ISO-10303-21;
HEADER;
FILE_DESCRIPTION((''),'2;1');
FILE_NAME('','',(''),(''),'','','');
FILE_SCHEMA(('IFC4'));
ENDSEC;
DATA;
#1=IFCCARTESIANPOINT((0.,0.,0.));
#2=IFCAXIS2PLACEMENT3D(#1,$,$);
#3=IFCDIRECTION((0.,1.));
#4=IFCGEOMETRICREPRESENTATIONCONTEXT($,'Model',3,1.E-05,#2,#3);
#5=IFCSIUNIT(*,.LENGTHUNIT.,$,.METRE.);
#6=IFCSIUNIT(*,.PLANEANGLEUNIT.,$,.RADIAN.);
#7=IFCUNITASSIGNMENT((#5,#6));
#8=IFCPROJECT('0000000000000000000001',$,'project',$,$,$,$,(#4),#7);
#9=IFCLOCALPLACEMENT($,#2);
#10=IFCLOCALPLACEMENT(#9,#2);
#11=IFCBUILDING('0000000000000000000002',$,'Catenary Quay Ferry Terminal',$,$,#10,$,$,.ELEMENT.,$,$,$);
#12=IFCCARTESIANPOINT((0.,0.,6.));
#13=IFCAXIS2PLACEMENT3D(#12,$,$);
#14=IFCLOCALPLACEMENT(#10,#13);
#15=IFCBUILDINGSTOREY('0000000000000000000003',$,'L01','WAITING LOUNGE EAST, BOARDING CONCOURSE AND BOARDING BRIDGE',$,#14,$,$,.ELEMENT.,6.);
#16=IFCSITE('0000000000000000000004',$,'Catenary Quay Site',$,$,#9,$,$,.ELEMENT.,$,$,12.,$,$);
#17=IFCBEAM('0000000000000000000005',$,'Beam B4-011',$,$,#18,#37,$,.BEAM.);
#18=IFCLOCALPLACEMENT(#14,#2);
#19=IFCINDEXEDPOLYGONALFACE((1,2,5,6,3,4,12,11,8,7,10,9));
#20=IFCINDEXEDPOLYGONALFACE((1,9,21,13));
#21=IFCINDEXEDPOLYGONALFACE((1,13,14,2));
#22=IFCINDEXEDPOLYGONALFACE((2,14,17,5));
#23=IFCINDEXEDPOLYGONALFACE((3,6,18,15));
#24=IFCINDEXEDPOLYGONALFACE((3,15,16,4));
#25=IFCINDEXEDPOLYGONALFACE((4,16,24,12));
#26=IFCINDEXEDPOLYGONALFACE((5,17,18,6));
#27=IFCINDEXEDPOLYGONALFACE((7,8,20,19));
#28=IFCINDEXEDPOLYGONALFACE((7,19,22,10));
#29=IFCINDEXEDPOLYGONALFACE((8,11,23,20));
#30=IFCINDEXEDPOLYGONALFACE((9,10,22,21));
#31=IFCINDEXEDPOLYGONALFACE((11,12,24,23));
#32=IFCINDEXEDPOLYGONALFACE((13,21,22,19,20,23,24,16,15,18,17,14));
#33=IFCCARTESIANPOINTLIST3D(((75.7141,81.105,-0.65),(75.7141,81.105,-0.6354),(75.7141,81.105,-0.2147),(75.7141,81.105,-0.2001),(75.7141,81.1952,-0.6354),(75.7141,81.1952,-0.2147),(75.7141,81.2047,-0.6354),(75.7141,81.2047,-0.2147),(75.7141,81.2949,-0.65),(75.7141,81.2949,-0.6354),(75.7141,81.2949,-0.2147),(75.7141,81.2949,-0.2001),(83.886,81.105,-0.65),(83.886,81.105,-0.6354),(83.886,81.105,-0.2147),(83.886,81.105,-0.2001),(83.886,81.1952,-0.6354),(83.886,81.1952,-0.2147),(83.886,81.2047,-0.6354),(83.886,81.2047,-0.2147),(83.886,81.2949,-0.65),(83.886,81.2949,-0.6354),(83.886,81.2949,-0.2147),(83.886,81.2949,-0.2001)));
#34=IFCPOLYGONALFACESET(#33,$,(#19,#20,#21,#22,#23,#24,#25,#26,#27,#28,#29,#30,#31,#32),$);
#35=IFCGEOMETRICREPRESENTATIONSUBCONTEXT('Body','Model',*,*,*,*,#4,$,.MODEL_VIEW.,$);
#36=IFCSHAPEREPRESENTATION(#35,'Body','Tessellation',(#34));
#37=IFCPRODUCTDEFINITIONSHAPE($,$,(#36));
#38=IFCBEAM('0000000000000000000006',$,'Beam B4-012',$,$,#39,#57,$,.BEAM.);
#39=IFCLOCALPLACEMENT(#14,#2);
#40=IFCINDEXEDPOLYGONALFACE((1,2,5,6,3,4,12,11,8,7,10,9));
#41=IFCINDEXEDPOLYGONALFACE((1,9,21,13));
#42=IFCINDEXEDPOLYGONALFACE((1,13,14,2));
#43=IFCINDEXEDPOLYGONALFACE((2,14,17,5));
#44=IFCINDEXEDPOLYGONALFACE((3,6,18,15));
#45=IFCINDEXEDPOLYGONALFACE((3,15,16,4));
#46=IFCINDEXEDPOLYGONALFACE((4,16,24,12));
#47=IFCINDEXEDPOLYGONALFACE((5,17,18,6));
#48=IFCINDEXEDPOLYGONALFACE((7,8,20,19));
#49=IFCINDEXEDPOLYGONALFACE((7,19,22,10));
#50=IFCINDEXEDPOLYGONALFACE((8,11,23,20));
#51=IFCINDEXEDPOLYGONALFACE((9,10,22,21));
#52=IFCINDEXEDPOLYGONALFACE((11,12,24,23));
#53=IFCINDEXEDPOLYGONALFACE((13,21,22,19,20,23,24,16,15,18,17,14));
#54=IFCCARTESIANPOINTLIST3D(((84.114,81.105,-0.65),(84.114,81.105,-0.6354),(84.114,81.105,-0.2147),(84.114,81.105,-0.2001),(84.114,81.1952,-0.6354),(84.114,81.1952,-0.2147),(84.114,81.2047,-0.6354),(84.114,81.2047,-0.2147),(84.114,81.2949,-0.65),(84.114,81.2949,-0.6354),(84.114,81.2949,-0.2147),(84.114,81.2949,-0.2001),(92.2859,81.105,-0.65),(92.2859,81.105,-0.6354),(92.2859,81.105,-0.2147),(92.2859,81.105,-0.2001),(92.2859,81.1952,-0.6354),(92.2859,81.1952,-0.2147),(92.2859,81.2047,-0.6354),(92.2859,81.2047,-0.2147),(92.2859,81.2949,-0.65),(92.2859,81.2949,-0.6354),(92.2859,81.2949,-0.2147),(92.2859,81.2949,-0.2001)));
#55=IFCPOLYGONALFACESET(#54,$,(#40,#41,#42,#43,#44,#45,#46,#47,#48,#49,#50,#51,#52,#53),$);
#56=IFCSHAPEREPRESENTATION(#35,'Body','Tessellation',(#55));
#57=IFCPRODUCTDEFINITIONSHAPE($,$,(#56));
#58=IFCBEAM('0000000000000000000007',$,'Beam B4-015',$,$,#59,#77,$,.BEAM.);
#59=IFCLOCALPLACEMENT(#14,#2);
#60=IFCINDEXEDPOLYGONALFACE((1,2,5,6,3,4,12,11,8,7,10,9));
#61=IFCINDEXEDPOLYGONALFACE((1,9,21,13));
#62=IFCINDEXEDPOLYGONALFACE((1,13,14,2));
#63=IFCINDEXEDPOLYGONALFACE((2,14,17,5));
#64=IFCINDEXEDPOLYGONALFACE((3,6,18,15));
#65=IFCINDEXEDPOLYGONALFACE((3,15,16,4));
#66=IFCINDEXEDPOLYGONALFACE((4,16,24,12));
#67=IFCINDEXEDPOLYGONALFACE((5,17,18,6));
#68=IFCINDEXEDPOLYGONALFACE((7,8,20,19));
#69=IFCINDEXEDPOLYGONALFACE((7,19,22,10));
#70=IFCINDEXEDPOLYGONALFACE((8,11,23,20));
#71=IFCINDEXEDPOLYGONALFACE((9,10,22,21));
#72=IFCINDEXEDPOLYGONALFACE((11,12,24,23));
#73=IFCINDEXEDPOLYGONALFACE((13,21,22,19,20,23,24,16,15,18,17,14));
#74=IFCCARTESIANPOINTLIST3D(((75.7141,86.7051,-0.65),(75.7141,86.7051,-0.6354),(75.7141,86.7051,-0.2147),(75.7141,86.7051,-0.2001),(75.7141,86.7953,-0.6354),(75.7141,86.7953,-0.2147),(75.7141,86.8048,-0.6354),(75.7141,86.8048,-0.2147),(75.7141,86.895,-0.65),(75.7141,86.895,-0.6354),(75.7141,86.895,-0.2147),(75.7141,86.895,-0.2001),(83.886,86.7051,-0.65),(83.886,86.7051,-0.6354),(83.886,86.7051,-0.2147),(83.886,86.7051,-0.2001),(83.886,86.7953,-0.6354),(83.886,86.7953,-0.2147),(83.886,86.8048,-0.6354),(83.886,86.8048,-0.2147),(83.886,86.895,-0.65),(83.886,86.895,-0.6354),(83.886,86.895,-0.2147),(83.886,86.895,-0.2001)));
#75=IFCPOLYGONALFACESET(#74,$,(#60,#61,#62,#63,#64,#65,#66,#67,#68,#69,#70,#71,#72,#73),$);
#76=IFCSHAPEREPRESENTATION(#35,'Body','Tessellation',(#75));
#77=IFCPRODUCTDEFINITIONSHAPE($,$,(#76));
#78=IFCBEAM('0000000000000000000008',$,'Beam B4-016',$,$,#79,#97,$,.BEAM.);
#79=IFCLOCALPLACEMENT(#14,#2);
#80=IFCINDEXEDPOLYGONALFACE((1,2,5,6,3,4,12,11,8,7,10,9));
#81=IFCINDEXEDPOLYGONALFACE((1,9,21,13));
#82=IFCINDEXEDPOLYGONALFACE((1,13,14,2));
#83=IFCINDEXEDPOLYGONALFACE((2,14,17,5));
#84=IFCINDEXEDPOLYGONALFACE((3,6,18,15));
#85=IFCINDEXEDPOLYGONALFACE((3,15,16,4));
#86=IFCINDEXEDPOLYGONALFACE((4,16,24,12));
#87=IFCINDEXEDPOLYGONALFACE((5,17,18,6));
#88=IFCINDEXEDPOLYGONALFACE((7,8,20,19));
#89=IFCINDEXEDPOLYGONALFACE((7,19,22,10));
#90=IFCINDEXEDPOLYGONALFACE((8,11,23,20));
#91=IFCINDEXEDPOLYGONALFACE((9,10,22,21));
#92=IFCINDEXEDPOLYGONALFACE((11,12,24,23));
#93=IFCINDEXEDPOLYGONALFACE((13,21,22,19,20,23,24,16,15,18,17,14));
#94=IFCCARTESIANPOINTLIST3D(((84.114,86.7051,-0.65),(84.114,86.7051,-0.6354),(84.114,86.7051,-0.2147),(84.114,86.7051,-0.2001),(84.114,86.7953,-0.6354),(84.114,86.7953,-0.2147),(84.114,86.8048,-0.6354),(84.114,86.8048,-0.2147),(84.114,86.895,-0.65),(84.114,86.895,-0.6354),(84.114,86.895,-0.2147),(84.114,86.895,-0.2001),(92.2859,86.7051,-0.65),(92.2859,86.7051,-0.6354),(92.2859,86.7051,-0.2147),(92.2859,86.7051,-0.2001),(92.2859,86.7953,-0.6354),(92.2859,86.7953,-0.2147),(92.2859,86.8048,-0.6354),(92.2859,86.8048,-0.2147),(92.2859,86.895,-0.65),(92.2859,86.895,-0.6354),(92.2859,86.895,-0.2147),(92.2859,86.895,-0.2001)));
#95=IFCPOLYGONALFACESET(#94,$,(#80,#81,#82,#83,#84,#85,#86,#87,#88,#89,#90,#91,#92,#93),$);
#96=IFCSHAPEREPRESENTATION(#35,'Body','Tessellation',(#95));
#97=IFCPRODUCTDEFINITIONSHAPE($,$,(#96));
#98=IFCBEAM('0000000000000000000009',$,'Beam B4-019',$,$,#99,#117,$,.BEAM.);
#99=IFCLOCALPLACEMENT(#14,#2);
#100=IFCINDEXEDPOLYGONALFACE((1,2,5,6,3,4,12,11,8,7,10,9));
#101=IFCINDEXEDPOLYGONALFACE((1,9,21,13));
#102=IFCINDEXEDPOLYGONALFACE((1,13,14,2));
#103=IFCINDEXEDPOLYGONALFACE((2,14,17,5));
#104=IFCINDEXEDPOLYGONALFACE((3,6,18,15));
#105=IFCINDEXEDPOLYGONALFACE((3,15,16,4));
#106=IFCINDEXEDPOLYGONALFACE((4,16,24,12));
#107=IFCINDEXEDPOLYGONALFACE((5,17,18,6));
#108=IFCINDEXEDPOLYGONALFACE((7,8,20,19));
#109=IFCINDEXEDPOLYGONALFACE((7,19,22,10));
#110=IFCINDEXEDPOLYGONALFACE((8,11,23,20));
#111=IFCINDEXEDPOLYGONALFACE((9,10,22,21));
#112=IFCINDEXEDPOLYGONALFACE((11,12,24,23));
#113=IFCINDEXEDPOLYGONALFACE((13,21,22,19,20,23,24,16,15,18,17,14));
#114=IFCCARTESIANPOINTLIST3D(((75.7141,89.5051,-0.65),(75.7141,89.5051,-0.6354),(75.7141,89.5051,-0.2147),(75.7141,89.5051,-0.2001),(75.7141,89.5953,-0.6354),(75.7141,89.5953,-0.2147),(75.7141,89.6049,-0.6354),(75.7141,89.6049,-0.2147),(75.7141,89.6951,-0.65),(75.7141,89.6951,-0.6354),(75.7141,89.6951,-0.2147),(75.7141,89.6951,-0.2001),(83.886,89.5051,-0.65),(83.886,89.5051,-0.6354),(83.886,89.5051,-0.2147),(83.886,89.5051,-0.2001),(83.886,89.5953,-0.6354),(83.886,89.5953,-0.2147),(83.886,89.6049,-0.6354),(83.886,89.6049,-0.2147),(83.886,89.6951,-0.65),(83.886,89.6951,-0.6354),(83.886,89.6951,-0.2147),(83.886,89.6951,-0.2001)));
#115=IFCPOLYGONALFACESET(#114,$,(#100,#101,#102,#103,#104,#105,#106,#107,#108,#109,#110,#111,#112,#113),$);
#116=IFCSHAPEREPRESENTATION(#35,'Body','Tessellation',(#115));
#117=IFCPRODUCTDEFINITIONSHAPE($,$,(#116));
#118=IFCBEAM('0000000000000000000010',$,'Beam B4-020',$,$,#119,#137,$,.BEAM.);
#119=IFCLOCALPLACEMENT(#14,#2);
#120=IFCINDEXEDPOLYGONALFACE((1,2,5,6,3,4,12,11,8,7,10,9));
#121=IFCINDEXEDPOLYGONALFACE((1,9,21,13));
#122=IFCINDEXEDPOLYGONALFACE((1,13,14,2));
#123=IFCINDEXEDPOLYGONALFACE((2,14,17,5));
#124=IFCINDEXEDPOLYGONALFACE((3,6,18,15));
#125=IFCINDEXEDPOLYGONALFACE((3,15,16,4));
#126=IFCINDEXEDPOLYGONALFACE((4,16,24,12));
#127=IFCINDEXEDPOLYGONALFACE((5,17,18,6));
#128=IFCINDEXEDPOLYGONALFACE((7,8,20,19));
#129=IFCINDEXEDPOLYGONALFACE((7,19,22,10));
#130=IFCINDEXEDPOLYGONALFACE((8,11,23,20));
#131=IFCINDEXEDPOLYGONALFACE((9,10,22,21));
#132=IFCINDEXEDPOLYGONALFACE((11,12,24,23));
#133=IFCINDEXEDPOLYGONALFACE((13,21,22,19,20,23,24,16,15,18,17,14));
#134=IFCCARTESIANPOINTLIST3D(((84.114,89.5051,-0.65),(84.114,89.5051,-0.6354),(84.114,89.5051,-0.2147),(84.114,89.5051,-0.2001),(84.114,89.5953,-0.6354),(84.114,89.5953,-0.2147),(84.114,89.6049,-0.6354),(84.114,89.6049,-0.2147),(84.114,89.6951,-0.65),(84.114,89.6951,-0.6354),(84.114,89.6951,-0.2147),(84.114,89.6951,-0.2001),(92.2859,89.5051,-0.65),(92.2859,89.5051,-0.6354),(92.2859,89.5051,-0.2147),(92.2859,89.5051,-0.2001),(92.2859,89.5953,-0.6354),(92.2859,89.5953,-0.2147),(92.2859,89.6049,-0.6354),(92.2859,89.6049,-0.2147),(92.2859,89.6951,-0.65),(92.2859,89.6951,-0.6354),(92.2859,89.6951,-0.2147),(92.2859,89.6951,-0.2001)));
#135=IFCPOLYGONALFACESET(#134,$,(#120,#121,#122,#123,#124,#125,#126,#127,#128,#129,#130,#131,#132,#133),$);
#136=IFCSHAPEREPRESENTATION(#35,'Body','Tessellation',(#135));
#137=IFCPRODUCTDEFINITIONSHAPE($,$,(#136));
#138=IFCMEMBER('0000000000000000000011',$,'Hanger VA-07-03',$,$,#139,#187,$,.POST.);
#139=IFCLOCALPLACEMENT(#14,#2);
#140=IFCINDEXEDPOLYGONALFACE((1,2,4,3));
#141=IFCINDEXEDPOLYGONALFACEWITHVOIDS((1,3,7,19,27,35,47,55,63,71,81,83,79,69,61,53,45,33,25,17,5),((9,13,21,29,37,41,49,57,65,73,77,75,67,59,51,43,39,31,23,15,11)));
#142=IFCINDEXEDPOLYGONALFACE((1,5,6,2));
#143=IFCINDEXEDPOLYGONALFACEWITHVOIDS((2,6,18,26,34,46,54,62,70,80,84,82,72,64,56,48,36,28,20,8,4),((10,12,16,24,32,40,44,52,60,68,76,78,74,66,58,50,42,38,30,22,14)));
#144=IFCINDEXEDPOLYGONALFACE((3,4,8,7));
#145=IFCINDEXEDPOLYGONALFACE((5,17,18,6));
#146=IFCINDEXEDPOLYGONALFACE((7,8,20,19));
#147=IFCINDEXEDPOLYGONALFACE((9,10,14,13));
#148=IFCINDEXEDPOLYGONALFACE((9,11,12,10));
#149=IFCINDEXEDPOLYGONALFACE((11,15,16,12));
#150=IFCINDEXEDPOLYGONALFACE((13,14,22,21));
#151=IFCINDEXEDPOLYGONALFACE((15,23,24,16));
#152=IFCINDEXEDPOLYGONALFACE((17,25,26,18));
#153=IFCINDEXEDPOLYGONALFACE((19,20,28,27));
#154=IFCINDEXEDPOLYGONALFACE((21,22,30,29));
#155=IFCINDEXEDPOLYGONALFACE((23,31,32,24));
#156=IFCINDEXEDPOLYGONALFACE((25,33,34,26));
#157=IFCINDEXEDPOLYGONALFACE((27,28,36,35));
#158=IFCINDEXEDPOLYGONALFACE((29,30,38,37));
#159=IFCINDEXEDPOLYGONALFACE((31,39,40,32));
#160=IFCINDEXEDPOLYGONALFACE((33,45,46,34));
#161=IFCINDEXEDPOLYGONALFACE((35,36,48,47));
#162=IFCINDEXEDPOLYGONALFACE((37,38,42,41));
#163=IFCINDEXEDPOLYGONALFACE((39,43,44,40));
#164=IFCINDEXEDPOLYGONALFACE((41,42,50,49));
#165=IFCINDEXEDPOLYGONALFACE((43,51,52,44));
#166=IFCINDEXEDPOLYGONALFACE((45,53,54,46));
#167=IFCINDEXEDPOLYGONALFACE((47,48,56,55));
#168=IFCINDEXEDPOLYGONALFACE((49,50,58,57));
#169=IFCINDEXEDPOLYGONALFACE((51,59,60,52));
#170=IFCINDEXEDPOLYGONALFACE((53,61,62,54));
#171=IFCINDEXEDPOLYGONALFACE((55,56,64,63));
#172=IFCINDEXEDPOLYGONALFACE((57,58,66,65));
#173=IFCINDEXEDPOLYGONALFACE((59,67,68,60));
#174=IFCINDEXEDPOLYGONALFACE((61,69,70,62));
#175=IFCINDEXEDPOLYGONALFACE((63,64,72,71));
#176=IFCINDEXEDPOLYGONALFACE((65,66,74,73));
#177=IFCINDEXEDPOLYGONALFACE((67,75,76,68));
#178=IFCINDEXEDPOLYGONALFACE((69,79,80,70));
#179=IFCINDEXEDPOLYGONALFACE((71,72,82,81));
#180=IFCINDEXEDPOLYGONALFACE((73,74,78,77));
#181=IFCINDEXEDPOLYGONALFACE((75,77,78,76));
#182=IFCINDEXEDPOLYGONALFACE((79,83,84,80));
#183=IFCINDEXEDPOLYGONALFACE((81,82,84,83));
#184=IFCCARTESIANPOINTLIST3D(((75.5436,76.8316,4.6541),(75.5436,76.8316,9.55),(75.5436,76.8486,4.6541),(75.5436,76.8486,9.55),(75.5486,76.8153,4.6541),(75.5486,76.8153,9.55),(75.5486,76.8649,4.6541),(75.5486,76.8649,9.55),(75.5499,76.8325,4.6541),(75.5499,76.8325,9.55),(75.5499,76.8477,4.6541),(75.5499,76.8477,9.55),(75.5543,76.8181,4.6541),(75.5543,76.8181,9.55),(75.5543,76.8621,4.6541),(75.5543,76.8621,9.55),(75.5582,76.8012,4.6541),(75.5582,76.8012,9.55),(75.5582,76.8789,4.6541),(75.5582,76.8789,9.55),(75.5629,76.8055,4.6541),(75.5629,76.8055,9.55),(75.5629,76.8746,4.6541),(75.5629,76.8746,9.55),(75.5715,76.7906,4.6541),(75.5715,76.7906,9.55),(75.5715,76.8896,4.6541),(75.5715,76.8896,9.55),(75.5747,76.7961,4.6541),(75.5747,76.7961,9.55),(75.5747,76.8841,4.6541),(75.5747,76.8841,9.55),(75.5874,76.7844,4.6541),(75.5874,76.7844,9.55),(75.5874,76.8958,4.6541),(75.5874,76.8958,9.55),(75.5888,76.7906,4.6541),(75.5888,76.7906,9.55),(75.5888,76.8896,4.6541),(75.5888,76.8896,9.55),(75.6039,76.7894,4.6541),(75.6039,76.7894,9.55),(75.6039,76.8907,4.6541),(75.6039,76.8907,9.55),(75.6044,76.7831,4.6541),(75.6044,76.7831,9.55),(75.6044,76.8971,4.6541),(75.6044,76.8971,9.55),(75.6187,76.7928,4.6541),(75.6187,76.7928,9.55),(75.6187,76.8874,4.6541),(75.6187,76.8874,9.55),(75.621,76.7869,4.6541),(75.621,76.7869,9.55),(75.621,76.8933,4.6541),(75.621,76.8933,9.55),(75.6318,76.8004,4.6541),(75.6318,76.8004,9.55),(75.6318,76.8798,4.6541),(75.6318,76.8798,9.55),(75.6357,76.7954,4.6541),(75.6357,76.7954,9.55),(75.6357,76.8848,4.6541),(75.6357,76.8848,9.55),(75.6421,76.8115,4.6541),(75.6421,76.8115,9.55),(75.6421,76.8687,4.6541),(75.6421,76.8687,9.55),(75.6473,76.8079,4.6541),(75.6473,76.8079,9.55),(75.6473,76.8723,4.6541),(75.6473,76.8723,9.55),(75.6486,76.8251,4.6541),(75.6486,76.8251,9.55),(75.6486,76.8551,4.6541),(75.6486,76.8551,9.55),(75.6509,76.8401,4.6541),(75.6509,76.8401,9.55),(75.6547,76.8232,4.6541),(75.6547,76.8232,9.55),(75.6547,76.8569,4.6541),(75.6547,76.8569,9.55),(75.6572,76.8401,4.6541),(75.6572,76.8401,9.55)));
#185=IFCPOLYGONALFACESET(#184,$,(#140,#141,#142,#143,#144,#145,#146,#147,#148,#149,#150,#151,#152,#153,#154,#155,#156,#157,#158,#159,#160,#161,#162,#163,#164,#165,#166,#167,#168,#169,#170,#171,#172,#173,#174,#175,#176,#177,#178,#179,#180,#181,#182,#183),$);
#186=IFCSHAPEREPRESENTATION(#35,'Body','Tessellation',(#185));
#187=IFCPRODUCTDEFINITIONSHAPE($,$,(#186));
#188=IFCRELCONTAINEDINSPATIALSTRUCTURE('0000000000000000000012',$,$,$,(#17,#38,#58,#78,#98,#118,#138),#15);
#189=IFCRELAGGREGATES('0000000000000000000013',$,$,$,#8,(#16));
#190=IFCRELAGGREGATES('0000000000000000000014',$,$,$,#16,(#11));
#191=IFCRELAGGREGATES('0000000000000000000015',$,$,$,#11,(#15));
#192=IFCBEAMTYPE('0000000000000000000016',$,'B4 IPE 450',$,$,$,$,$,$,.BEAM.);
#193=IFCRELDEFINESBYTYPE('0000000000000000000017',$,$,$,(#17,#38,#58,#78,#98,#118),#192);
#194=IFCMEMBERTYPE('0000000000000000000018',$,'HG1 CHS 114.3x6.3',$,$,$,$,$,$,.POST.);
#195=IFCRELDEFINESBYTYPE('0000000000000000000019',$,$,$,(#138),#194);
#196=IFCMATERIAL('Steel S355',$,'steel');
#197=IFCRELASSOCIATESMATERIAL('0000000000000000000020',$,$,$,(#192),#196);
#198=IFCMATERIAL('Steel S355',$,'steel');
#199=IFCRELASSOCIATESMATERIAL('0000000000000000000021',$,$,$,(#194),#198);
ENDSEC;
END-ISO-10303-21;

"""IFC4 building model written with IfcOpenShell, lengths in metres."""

from ifc_helpers import new_model, si_unit, direction, frame, origin, origin_2d, place, context, subcontext, project, spatial, hollow_circle, i_section, extrude, material, material_profile, profile_set, type_object, element, save


model = new_model("IFC4")

# Units and contexts
model_context = context("Model", 3, precision=1e-05, world=origin(), true_north=direction((0.0, 1.0)))
body_context = subcontext(model_context, "Body", "Model", "MODEL_VIEW")
ifc_project = project(units=[si_unit("LENGTHUNIT", "METRE"), si_unit("PLANEANGLEUNIT", "RADIAN")], contexts=[model_context])

# Site, building, storey
site_placement = place(None, origin())
site = spatial("IfcSite", under=ifc_project, at=site_placement, Name="Catenary Quay Site", CompositionType="ELEMENT", RefElevation=12.0)
building_placement = place(site_placement, origin())
building = spatial("IfcBuilding", under=site, at=building_placement, Name="Catenary Quay Ferry Terminal", CompositionType="ELEMENT")
storey_placement = place(building_placement, frame((0.0, 0.0, 6.0)))
storey = spatial("IfcBuildingStorey", under=building, at=storey_placement, Name="L01", Description="WAITING LOUNGE EAST, BOARDING CONCOURSE AND BOARDING BRIDGE", CompositionType="ELEMENT", Elevation=6.0)

# Beams
ifc_material_1 = material(Name="Steel S355", Category="steel")
ifc_material_profile_1 = material_profile(ifc_material_1, i_section(OverallWidth=0.1899, OverallDepth=0.45, WebThickness=0.0095, FlangeThickness=0.0146, at=origin_2d()), Name="IPE 450")
ifc_profile_set_1 = profile_set([ifc_material_profile_1], Name="Steel S355")
beam_type_1 = type_object("IfcBeamType", Name="B4 IPE 450", PredefinedType="BEAM", material=ifc_profile_set_1)
for number, where, z_axis, x_axis, name in (
    (1, (75.7141, 81.2, -0.425), (1.0, 0.0, 0.0), (0.0, 1.0, 0.0), "Beam B4-011"),
    (2, (84.114, 81.2, -0.425), (1.0, 0.0, 0.0), (0.0, 1.0, 0.0), "Beam B4-012"),
    (3, (75.7141, 86.8, -0.425), (1.0, 0.0, 0.0), (0.0, 1.0, 0.0), "Beam B4-015"),
    (4, (84.114, 86.8, -0.425), (1.0, 0.0, 0.0), (0.0, 1.0, 0.0), "Beam B4-016"),
    (5, (75.7141, 89.6001, -0.425), (1.0, 0.0, 0.0), (0.0, 1.0, 0.0), "Beam B4-019"),
    (6, (84.114, 89.6001, -0.425), (1.0, 0.0, 0.0), (0.0, 1.0, 0.0), "Beam B4-020"),
):
    element("IfcBeam", number, at=place(storey_placement, frame(where, z_axis=z_axis, x_axis=x_axis)), inside=storey, type_object=beam_type_1, Name=name, PredefinedType="BEAM", context=body_context, shape_type="SweptSolid", body=[
        extrude(i_section(OverallWidth=0.1899, OverallDepth=0.45, WebThickness=0.0095, FlangeThickness=0.0146, at=origin_2d()), origin(), (0.0, 0.0, 1.0), 8.1719),
    ])

# Member
ifc_material_2 = material(Name="Steel S355", Category="steel")
ifc_material_profile_2 = material_profile(ifc_material_2, hollow_circle(Radius=0.0571, WallThickness=0.0063, at=origin_2d()), Name="CHS 114.3x6.3")
ifc_profile_set_2 = profile_set([ifc_material_profile_2], Name="Steel S355")
member_type_1 = type_object("IfcMemberType", Name="HG1 CHS 114.3x6.3", PredefinedType="POST", material=ifc_profile_set_2)
for number, where, z_axis, x_axis, name in (
    (7, (75.6001, 76.8401, 4.6541), (0.0, 0.0, 1.0), (1.0, 0.0, 0.0), "Hanger VA-07-03"),
):
    element("IfcMember", number, at=place(storey_placement, frame(where, z_axis=z_axis, x_axis=x_axis)), inside=storey, type_object=member_type_1, Name=name, PredefinedType="POST", context=body_context, shape_type="SweptSolid", body=[
        extrude(hollow_circle(Radius=0.0571, WallThickness=0.0063, at=origin_2d()), origin(), (0.0, 0.0, 1.0), 4.896),
    ])

save(model, "model.ifc")
